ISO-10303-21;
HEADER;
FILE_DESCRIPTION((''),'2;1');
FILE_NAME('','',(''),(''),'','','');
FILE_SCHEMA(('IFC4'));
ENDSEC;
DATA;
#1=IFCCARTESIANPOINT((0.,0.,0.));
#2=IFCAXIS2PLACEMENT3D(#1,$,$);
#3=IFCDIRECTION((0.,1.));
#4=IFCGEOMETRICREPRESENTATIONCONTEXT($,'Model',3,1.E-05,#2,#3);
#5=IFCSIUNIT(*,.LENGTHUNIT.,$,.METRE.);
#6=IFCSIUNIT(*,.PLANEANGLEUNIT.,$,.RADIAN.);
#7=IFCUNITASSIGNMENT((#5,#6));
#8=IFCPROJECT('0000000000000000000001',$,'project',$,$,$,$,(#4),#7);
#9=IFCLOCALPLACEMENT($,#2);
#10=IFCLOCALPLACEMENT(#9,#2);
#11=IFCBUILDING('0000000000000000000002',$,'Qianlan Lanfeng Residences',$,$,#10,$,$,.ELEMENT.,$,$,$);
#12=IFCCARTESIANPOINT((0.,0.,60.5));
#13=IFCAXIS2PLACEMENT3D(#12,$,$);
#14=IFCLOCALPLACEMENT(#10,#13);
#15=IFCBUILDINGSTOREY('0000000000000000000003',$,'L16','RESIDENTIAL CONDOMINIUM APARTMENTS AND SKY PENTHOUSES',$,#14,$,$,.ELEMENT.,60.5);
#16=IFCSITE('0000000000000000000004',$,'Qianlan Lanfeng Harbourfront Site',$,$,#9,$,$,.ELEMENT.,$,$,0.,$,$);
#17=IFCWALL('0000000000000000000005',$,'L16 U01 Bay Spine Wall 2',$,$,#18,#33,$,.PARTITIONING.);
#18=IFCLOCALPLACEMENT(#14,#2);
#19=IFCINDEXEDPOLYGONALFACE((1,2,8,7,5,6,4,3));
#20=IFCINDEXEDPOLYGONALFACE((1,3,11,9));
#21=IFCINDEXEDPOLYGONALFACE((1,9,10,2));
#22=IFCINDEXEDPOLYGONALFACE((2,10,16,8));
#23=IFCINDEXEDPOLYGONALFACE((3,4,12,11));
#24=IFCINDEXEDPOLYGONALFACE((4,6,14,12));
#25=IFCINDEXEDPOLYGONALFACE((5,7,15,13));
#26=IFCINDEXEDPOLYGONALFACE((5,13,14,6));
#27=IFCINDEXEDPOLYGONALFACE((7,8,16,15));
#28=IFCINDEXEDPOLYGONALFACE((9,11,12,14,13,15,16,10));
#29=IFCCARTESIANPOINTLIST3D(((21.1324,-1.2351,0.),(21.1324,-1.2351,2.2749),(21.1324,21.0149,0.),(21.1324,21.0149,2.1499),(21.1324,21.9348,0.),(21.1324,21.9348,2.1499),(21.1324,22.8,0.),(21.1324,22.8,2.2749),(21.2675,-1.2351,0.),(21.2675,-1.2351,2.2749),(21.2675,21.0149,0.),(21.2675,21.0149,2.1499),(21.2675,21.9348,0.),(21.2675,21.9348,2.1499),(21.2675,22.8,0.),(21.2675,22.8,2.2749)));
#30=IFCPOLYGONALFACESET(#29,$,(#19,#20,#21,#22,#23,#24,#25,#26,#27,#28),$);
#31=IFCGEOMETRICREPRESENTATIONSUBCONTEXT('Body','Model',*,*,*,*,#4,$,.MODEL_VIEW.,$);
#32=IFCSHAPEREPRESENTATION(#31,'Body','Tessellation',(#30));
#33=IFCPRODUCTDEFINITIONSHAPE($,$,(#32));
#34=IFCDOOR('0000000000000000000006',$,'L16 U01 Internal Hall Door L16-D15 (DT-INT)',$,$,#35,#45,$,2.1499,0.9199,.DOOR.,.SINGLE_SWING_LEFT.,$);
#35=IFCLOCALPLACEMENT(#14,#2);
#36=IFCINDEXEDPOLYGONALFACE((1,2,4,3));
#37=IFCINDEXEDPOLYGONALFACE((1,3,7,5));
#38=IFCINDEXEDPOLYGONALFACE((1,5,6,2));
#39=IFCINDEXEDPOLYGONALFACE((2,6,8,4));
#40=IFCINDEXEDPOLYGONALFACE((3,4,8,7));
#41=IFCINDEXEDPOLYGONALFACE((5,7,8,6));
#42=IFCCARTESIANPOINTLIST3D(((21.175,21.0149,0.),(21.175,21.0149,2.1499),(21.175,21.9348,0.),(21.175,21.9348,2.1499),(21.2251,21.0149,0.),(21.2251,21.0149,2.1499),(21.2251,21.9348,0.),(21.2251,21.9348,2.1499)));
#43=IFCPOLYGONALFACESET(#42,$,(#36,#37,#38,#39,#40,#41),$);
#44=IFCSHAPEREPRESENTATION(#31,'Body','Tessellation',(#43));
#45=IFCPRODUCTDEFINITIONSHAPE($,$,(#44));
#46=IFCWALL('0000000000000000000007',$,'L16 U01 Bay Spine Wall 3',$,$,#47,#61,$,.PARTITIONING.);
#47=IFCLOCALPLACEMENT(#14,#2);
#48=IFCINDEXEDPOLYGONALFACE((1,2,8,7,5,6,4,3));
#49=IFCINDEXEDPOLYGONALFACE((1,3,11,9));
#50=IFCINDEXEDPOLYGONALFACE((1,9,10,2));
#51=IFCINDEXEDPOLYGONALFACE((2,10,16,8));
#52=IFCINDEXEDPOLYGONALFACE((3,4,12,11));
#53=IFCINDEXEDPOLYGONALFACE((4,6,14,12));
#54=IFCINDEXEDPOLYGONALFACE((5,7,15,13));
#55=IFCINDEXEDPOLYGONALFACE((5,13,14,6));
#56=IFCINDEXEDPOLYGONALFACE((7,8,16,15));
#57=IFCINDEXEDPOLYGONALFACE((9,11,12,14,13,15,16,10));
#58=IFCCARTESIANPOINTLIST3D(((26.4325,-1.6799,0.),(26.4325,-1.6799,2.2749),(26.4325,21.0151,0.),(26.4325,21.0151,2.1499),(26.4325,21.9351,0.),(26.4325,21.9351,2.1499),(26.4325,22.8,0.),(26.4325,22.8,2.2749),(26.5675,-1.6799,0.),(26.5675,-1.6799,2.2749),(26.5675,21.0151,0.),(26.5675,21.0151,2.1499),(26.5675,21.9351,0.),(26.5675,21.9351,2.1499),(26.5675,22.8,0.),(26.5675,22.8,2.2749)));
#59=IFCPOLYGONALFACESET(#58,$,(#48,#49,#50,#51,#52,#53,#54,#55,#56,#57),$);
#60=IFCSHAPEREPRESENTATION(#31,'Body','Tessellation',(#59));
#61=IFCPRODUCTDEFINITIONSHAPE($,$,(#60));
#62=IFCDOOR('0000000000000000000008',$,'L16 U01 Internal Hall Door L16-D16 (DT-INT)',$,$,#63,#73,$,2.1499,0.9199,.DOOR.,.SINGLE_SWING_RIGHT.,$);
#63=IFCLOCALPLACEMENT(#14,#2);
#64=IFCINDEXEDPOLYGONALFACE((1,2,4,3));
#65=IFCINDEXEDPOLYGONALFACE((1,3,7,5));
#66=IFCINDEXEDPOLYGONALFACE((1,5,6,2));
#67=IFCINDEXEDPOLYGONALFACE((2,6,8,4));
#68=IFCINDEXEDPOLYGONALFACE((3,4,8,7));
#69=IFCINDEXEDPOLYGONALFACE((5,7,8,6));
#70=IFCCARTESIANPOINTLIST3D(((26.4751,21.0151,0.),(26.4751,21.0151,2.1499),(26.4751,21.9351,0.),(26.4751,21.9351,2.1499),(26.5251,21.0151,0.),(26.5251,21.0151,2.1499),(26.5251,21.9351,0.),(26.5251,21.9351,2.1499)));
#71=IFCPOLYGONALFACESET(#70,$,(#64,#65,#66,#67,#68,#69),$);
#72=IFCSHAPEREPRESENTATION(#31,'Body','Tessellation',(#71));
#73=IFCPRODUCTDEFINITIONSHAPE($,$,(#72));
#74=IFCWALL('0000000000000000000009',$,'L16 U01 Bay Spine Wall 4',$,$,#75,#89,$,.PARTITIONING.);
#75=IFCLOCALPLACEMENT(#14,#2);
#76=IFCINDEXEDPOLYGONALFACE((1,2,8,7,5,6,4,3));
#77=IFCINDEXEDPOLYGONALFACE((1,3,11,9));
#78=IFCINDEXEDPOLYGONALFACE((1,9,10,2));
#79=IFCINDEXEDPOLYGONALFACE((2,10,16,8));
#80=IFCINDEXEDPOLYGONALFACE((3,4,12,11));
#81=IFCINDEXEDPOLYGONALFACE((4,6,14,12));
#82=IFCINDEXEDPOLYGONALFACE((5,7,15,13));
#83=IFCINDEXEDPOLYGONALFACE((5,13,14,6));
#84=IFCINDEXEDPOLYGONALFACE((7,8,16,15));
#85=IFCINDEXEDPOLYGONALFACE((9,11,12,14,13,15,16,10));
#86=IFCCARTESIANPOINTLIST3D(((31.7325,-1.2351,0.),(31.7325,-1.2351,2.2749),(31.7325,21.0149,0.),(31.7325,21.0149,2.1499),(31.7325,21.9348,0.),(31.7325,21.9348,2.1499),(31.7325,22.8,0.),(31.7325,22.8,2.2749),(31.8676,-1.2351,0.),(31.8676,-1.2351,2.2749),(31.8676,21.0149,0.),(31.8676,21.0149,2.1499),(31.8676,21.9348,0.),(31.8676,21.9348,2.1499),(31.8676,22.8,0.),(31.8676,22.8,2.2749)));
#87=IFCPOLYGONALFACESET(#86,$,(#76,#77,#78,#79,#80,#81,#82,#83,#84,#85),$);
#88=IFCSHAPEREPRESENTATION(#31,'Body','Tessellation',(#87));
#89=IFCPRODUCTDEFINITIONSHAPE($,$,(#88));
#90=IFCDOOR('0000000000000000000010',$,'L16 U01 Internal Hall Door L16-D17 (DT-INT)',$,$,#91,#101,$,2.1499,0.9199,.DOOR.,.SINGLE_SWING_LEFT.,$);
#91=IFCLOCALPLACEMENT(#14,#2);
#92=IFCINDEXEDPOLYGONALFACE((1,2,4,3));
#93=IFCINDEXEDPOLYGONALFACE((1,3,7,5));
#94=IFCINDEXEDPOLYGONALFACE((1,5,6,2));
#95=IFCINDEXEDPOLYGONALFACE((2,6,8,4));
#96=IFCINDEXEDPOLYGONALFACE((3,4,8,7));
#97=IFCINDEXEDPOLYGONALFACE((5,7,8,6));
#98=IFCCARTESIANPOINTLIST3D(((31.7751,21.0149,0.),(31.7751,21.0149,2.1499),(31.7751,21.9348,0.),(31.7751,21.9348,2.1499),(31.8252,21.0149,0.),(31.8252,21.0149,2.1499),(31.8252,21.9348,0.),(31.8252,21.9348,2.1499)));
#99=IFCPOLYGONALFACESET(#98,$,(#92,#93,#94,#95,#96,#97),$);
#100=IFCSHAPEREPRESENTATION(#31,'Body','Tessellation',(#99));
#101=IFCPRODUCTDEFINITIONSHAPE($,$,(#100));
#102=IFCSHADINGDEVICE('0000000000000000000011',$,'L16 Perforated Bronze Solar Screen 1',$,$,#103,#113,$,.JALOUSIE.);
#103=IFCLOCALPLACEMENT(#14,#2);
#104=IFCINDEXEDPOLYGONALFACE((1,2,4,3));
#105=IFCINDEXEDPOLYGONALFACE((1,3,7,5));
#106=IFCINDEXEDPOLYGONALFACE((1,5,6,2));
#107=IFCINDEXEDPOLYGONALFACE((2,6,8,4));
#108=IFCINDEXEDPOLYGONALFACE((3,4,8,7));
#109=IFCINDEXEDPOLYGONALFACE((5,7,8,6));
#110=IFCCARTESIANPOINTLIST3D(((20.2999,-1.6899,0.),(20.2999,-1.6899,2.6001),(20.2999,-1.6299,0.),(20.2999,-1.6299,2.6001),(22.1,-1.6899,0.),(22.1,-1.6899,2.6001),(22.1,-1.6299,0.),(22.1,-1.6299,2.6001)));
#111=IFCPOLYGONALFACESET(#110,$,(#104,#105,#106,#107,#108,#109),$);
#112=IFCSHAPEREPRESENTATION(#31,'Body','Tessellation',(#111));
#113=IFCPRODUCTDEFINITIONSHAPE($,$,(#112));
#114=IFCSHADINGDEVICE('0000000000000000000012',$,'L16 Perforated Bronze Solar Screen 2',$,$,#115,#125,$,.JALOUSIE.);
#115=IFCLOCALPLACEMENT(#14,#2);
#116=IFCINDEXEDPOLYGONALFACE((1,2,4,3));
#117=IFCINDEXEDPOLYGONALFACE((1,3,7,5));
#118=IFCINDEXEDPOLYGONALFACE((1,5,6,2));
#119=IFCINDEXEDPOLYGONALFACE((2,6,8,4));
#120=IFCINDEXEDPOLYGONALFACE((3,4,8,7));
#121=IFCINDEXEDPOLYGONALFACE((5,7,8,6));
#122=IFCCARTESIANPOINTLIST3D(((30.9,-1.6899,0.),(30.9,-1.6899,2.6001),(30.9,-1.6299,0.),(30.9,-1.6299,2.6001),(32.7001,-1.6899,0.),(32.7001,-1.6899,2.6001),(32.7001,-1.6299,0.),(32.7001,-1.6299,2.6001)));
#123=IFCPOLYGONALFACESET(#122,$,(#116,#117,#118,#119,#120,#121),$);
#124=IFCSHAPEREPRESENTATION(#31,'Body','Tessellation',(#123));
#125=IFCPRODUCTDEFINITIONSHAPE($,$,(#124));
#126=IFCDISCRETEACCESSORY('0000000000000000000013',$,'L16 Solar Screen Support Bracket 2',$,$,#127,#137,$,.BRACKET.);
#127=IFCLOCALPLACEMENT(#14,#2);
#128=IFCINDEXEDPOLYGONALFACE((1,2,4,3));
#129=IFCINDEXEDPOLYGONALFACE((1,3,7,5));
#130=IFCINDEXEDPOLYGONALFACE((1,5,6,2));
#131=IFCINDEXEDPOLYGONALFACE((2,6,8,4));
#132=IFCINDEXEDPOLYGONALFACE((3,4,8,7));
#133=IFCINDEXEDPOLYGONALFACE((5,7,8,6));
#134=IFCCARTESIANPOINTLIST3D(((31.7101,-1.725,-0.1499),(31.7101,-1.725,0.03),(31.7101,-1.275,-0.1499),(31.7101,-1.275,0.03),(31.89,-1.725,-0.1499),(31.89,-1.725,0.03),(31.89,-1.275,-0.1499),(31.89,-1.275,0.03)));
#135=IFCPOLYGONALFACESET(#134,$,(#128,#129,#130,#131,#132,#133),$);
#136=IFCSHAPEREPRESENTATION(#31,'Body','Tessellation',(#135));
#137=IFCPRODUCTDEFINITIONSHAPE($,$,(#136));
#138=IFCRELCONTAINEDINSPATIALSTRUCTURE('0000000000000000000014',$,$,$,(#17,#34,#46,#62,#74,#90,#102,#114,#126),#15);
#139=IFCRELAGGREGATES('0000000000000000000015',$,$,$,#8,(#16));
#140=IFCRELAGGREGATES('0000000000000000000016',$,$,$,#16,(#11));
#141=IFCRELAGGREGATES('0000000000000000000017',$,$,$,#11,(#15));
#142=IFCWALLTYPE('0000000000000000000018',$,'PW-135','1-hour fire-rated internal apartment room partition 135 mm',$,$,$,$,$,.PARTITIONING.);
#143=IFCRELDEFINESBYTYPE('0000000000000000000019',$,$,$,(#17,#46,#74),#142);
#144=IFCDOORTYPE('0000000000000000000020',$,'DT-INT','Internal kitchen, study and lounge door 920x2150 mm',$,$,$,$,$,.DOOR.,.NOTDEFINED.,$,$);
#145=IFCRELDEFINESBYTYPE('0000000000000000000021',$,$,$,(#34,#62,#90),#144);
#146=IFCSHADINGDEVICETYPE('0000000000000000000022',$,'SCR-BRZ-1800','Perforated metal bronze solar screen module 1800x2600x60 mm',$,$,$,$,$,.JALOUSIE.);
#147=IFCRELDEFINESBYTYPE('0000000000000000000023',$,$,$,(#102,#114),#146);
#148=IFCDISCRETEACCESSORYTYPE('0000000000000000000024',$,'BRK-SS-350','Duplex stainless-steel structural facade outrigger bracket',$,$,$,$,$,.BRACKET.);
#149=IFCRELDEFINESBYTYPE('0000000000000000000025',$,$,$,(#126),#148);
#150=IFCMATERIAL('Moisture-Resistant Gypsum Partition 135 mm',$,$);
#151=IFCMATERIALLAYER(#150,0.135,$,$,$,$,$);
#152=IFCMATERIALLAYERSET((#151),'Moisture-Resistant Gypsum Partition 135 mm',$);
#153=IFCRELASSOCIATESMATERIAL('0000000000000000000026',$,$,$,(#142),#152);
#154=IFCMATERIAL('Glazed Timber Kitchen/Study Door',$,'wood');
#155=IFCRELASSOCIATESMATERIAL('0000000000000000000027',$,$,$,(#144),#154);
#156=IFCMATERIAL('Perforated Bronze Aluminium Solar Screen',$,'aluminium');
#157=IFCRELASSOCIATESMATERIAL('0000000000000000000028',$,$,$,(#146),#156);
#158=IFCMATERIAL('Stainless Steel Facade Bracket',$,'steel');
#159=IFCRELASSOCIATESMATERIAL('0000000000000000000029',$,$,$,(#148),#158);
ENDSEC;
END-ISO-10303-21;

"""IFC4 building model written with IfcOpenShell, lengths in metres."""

from ifc_helpers import new_model, si_unit, direction, frame, frame_2d, origin, origin_2d, place, context, subcontext, project, spatial, rectangle, extrude, source, transform, mapped, material, layer, layer_set, type_object, element, fill, save


model = new_model("IFC4")

# Units and contexts
model_context = context("Model", 3, precision=1e-05, world=origin(), true_north=direction((0.0, 1.0)))
body_context = subcontext(model_context, "Body", "Model", "MODEL_VIEW")
ifc_project = project(units=[si_unit("LENGTHUNIT", "METRE"), si_unit("PLANEANGLEUNIT", "RADIAN")], contexts=[model_context])

# Site, building, storey
site_placement = place(None, origin())
site = spatial("IfcSite", under=ifc_project, at=site_placement, Name="Qianlan Lanfeng Harbourfront Site", CompositionType="ELEMENT", RefElevation=0.0)
building_placement = place(site_placement, origin())
building = spatial("IfcBuilding", under=site, at=building_placement, Name="Qianlan Lanfeng Residences", CompositionType="ELEMENT")
storey_placement = place(building_placement, frame((0.0, 0.0, 60.5)))
storey = spatial("IfcBuildingStorey", under=building, at=storey_placement, Name="L16", Description="RESIDENTIAL CONDOMINIUM APARTMENTS AND SKY PENTHOUSES", CompositionType="ELEMENT", Elevation=60.5)

# Walls, openings, doors
ifc_material_1 = material(Name="Moisture-Resistant Gypsum Partition 135 mm")
ifc_layer_1 = layer(ifc_material_1, 0.135)
ifc_layer_set_1 = layer_set([ifc_layer_1], Name="Moisture-Resistant Gypsum Partition 135 mm")
wall_type = type_object("IfcWallType", Name="PW-135", Description="1-hour fire-rated internal apartment room partition 135 mm", PredefinedType="PARTITIONING", material=ifc_layer_set_1)
wall_1_placement = place(storey_placement, frame((21.2, -1.2351, 0.0), z_axis=(0.0, 0.0, 1.0), x_axis=(0.0, 1.0, 0.0)))
wall_1 = element("IfcWall", 1, at=wall_1_placement, inside=storey, type_object=wall_type, Name="L16 U01 Bay Spine Wall 2", PredefinedType="PARTITIONING", context=body_context, shape_type="SweptSolid", body=[
    extrude(rectangle(XDim=24.0352, YDim=0.135, at=frame_2d((12.0176, 0.0))), origin(), (0.0, 0.0, 1.0), 2.2749),
])
opening_1_placement = place(wall_1_placement, frame((22.25, 0.0, 0.0)))
opening_1 = element("IfcOpeningElement", 2, at=opening_1_placement, cuts=wall_1, PredefinedType="OPENING", context=body_context, shape_type="SweptSolid", body=[
    extrude(rectangle(XDim=0.9199, YDim=2.1499, at=frame_2d((0.46, 1.075))), frame((0.0, 0.0776, 0.0), z_axis=(0.0, -1.0, 0.0), x_axis=(1.0, 0.0, 0.0)), (0.0, 0.0, 1.0), 0.155),
])
ifc_material_2 = material(Name="Glazed Timber Kitchen/Study Door", Category="wood")
door_type = type_object("IfcDoorType", Name="DT-INT", Description="Internal kitchen, study and lounge door 920x2150 mm", OperationType="NOTDEFINED", PredefinedType="DOOR", material=ifc_material_2)
door_1_placement = place(opening_1_placement, origin())
door_1 = element("IfcDoor", 3, at=door_1_placement, inside=storey, type_object=door_type, Name="L16 U01 Internal Hall Door L16-D15 (DT-INT)", OperationType="SINGLE_SWING_LEFT", OverallHeight=2.1499, OverallWidth=0.9199, PredefinedType="DOOR", context=body_context, shape_type="SweptSolid", body=[
    extrude(rectangle(XDim=0.9199, YDim=2.1499, at=frame_2d((0.46, 1.075))), frame((0.0, 0.0249, 0.0), z_axis=(0.0, -1.0, 0.0), x_axis=(1.0, 0.0, 0.0)), (0.0, 0.0, 1.0), 0.05),
])
fill(opening_1, door_1)
wall_2_placement = place(storey_placement, frame((26.5, -1.6799, 0.0), z_axis=(0.0, 0.0, 1.0), x_axis=(0.0, 1.0, 0.0)))
wall_2 = element("IfcWall", 4, at=wall_2_placement, inside=storey, type_object=wall_type, Name="L16 U01 Bay Spine Wall 3", PredefinedType="PARTITIONING", context=body_context, shape_type="SweptSolid", body=[
    extrude(rectangle(XDim=24.48, YDim=0.135, at=frame_2d((12.24, 0.0))), origin(), (0.0, 0.0, 1.0), 2.2749),
])
opening_2_placement = place(wall_2_placement, frame((22.6951, 0.0, 0.0)))
opening_2 = element("IfcOpeningElement", 5, at=opening_2_placement, cuts=wall_2, PredefinedType="OPENING", context=body_context, shape_type="SweptSolid", body=[
    extrude(rectangle(XDim=0.9199, YDim=2.1499, at=frame_2d((0.46, 1.075))), frame((0.0, 0.0776, 0.0), z_axis=(0.0, -1.0, 0.0), x_axis=(1.0, 0.0, 0.0)), (0.0, 0.0, 1.0), 0.155),
])
door_2_placement = place(opening_2_placement, origin())
door_2 = element("IfcDoor", 6, at=door_2_placement, inside=storey, type_object=door_type, Name="L16 U01 Internal Hall Door L16-D16 (DT-INT)", OperationType="SINGLE_SWING_RIGHT", OverallHeight=2.1499, OverallWidth=0.9199, PredefinedType="DOOR", context=body_context, shape_type="SweptSolid", body=[
    extrude(rectangle(XDim=0.9199, YDim=2.1499, at=frame_2d((0.46, 1.075))), frame((0.0, 0.0249, 0.0), z_axis=(0.0, -1.0, 0.0), x_axis=(1.0, 0.0, 0.0)), (0.0, 0.0, 1.0), 0.05),
])
fill(opening_2, door_2)
wall_3_placement = place(storey_placement, frame((31.8, -1.2351, 0.0), z_axis=(0.0, 0.0, 1.0), x_axis=(0.0, 1.0, 0.0)))
wall_3 = element("IfcWall", 7, at=wall_3_placement, inside=storey, type_object=wall_type, Name="L16 U01 Bay Spine Wall 4", PredefinedType="PARTITIONING", context=body_context, shape_type="SweptSolid", body=[
    extrude(rectangle(XDim=24.0352, YDim=0.135, at=frame_2d((12.0176, 0.0))), origin(), (0.0, 0.0, 1.0), 2.2749),
])
opening_3_placement = place(wall_3_placement, frame((22.25, 0.0, 0.0)))
opening_3 = element("IfcOpeningElement", 8, at=opening_3_placement, cuts=wall_3, PredefinedType="OPENING", context=body_context, shape_type="SweptSolid", body=[
    extrude(rectangle(XDim=0.9199, YDim=2.1499, at=frame_2d((0.46, 1.075))), frame((0.0, 0.0776, 0.0), z_axis=(0.0, -1.0, 0.0), x_axis=(1.0, 0.0, 0.0)), (0.0, 0.0, 1.0), 0.155),
])
door_3_placement = place(opening_3_placement, origin())
door_3 = element("IfcDoor", 9, at=door_3_placement, inside=storey, type_object=door_type, Name="L16 U01 Internal Hall Door L16-D17 (DT-INT)", OperationType="SINGLE_SWING_LEFT", OverallHeight=2.1499, OverallWidth=0.9199, PredefinedType="DOOR", context=body_context, shape_type="SweptSolid", body=[
    extrude(rectangle(XDim=0.9199, YDim=2.1499, at=frame_2d((0.46, 1.075))), frame((0.0, 0.0249, 0.0), z_axis=(0.0, -1.0, 0.0), x_axis=(1.0, 0.0, 0.0)), (0.0, 0.0, 1.0), 0.05),
])
fill(opening_3, door_3)

# Shading devices
ifc_material_3 = material(Name="Perforated Bronze Aluminium Solar Screen", Category="aluminium")
shading_device_type = type_object("IfcShadingDeviceType", Name="SCR-BRZ-1800", Description="Perforated metal bronze solar screen module 1800x2600x60 mm", PredefinedType="JALOUSIE", material=ifc_material_3)
shared_shape_1 = source(origin(), body_context, "Body", "SweptSolid", [
    extrude(rectangle(XDim=1.8, YDim=0.0601, at=origin_2d()), origin(), (0.0, 0.0, 1.0), 2.6001),
])
for number, where, z_axis, x_axis, name in (
    (10, (21.2, -1.6599, 0.0), (0.0, 0.0, 1.0), (1.0, 0.0, 0.0), "L16 Perforated Bronze Solar Screen 1"),
    (11, (31.8, -1.6599, 0.0), (0.0, 0.0, 1.0), (1.0, 0.0, 0.0), "L16 Perforated Bronze Solar Screen 2"),
):
    element("IfcShadingDevice", number, at=place(storey_placement, frame(where, z_axis=z_axis, x_axis=x_axis)), inside=storey, type_object=shading_device_type, Name=name, PredefinedType="JALOUSIE", context=body_context, shape_type="MappedRepresentation", body=[
        mapped(shared_shape_1, transform((0.0, 0.0, 0.0), scale=1.0)),
    ])

# Discrete accessory
ifc_material_4 = material(Name="Stainless Steel Facade Bracket", Category="steel")
discrete_accessory_type = type_object("IfcDiscreteAccessoryType", Name="BRK-SS-350", Description="Duplex stainless-steel structural facade outrigger bracket", PredefinedType="BRACKET", material=ifc_material_4)
shared_shape_2 = source(origin(), body_context, "Body", "SweptSolid", [
    extrude(rectangle(XDim=0.1799, YDim=0.45, at=origin_2d()), origin(), (0.0, 0.0, 1.0), 0.1799),
])
discrete_accessory_placement = place(storey_placement, frame((31.8, -1.5, -0.1499), z_axis=(0.0, 0.0, 1.0), x_axis=(1.0, 0.0, 0.0)))
element("IfcDiscreteAccessory", 12, at=discrete_accessory_placement, inside=storey, type_object=discrete_accessory_type, Name="L16 Solar Screen Support Bracket 2", PredefinedType="BRACKET", context=body_context, shape_type="MappedRepresentation", body=[
    mapped(shared_shape_2, transform((0.0, 0.0, 0.0), scale=1.0)),
])

save(model, "model.ifc")
